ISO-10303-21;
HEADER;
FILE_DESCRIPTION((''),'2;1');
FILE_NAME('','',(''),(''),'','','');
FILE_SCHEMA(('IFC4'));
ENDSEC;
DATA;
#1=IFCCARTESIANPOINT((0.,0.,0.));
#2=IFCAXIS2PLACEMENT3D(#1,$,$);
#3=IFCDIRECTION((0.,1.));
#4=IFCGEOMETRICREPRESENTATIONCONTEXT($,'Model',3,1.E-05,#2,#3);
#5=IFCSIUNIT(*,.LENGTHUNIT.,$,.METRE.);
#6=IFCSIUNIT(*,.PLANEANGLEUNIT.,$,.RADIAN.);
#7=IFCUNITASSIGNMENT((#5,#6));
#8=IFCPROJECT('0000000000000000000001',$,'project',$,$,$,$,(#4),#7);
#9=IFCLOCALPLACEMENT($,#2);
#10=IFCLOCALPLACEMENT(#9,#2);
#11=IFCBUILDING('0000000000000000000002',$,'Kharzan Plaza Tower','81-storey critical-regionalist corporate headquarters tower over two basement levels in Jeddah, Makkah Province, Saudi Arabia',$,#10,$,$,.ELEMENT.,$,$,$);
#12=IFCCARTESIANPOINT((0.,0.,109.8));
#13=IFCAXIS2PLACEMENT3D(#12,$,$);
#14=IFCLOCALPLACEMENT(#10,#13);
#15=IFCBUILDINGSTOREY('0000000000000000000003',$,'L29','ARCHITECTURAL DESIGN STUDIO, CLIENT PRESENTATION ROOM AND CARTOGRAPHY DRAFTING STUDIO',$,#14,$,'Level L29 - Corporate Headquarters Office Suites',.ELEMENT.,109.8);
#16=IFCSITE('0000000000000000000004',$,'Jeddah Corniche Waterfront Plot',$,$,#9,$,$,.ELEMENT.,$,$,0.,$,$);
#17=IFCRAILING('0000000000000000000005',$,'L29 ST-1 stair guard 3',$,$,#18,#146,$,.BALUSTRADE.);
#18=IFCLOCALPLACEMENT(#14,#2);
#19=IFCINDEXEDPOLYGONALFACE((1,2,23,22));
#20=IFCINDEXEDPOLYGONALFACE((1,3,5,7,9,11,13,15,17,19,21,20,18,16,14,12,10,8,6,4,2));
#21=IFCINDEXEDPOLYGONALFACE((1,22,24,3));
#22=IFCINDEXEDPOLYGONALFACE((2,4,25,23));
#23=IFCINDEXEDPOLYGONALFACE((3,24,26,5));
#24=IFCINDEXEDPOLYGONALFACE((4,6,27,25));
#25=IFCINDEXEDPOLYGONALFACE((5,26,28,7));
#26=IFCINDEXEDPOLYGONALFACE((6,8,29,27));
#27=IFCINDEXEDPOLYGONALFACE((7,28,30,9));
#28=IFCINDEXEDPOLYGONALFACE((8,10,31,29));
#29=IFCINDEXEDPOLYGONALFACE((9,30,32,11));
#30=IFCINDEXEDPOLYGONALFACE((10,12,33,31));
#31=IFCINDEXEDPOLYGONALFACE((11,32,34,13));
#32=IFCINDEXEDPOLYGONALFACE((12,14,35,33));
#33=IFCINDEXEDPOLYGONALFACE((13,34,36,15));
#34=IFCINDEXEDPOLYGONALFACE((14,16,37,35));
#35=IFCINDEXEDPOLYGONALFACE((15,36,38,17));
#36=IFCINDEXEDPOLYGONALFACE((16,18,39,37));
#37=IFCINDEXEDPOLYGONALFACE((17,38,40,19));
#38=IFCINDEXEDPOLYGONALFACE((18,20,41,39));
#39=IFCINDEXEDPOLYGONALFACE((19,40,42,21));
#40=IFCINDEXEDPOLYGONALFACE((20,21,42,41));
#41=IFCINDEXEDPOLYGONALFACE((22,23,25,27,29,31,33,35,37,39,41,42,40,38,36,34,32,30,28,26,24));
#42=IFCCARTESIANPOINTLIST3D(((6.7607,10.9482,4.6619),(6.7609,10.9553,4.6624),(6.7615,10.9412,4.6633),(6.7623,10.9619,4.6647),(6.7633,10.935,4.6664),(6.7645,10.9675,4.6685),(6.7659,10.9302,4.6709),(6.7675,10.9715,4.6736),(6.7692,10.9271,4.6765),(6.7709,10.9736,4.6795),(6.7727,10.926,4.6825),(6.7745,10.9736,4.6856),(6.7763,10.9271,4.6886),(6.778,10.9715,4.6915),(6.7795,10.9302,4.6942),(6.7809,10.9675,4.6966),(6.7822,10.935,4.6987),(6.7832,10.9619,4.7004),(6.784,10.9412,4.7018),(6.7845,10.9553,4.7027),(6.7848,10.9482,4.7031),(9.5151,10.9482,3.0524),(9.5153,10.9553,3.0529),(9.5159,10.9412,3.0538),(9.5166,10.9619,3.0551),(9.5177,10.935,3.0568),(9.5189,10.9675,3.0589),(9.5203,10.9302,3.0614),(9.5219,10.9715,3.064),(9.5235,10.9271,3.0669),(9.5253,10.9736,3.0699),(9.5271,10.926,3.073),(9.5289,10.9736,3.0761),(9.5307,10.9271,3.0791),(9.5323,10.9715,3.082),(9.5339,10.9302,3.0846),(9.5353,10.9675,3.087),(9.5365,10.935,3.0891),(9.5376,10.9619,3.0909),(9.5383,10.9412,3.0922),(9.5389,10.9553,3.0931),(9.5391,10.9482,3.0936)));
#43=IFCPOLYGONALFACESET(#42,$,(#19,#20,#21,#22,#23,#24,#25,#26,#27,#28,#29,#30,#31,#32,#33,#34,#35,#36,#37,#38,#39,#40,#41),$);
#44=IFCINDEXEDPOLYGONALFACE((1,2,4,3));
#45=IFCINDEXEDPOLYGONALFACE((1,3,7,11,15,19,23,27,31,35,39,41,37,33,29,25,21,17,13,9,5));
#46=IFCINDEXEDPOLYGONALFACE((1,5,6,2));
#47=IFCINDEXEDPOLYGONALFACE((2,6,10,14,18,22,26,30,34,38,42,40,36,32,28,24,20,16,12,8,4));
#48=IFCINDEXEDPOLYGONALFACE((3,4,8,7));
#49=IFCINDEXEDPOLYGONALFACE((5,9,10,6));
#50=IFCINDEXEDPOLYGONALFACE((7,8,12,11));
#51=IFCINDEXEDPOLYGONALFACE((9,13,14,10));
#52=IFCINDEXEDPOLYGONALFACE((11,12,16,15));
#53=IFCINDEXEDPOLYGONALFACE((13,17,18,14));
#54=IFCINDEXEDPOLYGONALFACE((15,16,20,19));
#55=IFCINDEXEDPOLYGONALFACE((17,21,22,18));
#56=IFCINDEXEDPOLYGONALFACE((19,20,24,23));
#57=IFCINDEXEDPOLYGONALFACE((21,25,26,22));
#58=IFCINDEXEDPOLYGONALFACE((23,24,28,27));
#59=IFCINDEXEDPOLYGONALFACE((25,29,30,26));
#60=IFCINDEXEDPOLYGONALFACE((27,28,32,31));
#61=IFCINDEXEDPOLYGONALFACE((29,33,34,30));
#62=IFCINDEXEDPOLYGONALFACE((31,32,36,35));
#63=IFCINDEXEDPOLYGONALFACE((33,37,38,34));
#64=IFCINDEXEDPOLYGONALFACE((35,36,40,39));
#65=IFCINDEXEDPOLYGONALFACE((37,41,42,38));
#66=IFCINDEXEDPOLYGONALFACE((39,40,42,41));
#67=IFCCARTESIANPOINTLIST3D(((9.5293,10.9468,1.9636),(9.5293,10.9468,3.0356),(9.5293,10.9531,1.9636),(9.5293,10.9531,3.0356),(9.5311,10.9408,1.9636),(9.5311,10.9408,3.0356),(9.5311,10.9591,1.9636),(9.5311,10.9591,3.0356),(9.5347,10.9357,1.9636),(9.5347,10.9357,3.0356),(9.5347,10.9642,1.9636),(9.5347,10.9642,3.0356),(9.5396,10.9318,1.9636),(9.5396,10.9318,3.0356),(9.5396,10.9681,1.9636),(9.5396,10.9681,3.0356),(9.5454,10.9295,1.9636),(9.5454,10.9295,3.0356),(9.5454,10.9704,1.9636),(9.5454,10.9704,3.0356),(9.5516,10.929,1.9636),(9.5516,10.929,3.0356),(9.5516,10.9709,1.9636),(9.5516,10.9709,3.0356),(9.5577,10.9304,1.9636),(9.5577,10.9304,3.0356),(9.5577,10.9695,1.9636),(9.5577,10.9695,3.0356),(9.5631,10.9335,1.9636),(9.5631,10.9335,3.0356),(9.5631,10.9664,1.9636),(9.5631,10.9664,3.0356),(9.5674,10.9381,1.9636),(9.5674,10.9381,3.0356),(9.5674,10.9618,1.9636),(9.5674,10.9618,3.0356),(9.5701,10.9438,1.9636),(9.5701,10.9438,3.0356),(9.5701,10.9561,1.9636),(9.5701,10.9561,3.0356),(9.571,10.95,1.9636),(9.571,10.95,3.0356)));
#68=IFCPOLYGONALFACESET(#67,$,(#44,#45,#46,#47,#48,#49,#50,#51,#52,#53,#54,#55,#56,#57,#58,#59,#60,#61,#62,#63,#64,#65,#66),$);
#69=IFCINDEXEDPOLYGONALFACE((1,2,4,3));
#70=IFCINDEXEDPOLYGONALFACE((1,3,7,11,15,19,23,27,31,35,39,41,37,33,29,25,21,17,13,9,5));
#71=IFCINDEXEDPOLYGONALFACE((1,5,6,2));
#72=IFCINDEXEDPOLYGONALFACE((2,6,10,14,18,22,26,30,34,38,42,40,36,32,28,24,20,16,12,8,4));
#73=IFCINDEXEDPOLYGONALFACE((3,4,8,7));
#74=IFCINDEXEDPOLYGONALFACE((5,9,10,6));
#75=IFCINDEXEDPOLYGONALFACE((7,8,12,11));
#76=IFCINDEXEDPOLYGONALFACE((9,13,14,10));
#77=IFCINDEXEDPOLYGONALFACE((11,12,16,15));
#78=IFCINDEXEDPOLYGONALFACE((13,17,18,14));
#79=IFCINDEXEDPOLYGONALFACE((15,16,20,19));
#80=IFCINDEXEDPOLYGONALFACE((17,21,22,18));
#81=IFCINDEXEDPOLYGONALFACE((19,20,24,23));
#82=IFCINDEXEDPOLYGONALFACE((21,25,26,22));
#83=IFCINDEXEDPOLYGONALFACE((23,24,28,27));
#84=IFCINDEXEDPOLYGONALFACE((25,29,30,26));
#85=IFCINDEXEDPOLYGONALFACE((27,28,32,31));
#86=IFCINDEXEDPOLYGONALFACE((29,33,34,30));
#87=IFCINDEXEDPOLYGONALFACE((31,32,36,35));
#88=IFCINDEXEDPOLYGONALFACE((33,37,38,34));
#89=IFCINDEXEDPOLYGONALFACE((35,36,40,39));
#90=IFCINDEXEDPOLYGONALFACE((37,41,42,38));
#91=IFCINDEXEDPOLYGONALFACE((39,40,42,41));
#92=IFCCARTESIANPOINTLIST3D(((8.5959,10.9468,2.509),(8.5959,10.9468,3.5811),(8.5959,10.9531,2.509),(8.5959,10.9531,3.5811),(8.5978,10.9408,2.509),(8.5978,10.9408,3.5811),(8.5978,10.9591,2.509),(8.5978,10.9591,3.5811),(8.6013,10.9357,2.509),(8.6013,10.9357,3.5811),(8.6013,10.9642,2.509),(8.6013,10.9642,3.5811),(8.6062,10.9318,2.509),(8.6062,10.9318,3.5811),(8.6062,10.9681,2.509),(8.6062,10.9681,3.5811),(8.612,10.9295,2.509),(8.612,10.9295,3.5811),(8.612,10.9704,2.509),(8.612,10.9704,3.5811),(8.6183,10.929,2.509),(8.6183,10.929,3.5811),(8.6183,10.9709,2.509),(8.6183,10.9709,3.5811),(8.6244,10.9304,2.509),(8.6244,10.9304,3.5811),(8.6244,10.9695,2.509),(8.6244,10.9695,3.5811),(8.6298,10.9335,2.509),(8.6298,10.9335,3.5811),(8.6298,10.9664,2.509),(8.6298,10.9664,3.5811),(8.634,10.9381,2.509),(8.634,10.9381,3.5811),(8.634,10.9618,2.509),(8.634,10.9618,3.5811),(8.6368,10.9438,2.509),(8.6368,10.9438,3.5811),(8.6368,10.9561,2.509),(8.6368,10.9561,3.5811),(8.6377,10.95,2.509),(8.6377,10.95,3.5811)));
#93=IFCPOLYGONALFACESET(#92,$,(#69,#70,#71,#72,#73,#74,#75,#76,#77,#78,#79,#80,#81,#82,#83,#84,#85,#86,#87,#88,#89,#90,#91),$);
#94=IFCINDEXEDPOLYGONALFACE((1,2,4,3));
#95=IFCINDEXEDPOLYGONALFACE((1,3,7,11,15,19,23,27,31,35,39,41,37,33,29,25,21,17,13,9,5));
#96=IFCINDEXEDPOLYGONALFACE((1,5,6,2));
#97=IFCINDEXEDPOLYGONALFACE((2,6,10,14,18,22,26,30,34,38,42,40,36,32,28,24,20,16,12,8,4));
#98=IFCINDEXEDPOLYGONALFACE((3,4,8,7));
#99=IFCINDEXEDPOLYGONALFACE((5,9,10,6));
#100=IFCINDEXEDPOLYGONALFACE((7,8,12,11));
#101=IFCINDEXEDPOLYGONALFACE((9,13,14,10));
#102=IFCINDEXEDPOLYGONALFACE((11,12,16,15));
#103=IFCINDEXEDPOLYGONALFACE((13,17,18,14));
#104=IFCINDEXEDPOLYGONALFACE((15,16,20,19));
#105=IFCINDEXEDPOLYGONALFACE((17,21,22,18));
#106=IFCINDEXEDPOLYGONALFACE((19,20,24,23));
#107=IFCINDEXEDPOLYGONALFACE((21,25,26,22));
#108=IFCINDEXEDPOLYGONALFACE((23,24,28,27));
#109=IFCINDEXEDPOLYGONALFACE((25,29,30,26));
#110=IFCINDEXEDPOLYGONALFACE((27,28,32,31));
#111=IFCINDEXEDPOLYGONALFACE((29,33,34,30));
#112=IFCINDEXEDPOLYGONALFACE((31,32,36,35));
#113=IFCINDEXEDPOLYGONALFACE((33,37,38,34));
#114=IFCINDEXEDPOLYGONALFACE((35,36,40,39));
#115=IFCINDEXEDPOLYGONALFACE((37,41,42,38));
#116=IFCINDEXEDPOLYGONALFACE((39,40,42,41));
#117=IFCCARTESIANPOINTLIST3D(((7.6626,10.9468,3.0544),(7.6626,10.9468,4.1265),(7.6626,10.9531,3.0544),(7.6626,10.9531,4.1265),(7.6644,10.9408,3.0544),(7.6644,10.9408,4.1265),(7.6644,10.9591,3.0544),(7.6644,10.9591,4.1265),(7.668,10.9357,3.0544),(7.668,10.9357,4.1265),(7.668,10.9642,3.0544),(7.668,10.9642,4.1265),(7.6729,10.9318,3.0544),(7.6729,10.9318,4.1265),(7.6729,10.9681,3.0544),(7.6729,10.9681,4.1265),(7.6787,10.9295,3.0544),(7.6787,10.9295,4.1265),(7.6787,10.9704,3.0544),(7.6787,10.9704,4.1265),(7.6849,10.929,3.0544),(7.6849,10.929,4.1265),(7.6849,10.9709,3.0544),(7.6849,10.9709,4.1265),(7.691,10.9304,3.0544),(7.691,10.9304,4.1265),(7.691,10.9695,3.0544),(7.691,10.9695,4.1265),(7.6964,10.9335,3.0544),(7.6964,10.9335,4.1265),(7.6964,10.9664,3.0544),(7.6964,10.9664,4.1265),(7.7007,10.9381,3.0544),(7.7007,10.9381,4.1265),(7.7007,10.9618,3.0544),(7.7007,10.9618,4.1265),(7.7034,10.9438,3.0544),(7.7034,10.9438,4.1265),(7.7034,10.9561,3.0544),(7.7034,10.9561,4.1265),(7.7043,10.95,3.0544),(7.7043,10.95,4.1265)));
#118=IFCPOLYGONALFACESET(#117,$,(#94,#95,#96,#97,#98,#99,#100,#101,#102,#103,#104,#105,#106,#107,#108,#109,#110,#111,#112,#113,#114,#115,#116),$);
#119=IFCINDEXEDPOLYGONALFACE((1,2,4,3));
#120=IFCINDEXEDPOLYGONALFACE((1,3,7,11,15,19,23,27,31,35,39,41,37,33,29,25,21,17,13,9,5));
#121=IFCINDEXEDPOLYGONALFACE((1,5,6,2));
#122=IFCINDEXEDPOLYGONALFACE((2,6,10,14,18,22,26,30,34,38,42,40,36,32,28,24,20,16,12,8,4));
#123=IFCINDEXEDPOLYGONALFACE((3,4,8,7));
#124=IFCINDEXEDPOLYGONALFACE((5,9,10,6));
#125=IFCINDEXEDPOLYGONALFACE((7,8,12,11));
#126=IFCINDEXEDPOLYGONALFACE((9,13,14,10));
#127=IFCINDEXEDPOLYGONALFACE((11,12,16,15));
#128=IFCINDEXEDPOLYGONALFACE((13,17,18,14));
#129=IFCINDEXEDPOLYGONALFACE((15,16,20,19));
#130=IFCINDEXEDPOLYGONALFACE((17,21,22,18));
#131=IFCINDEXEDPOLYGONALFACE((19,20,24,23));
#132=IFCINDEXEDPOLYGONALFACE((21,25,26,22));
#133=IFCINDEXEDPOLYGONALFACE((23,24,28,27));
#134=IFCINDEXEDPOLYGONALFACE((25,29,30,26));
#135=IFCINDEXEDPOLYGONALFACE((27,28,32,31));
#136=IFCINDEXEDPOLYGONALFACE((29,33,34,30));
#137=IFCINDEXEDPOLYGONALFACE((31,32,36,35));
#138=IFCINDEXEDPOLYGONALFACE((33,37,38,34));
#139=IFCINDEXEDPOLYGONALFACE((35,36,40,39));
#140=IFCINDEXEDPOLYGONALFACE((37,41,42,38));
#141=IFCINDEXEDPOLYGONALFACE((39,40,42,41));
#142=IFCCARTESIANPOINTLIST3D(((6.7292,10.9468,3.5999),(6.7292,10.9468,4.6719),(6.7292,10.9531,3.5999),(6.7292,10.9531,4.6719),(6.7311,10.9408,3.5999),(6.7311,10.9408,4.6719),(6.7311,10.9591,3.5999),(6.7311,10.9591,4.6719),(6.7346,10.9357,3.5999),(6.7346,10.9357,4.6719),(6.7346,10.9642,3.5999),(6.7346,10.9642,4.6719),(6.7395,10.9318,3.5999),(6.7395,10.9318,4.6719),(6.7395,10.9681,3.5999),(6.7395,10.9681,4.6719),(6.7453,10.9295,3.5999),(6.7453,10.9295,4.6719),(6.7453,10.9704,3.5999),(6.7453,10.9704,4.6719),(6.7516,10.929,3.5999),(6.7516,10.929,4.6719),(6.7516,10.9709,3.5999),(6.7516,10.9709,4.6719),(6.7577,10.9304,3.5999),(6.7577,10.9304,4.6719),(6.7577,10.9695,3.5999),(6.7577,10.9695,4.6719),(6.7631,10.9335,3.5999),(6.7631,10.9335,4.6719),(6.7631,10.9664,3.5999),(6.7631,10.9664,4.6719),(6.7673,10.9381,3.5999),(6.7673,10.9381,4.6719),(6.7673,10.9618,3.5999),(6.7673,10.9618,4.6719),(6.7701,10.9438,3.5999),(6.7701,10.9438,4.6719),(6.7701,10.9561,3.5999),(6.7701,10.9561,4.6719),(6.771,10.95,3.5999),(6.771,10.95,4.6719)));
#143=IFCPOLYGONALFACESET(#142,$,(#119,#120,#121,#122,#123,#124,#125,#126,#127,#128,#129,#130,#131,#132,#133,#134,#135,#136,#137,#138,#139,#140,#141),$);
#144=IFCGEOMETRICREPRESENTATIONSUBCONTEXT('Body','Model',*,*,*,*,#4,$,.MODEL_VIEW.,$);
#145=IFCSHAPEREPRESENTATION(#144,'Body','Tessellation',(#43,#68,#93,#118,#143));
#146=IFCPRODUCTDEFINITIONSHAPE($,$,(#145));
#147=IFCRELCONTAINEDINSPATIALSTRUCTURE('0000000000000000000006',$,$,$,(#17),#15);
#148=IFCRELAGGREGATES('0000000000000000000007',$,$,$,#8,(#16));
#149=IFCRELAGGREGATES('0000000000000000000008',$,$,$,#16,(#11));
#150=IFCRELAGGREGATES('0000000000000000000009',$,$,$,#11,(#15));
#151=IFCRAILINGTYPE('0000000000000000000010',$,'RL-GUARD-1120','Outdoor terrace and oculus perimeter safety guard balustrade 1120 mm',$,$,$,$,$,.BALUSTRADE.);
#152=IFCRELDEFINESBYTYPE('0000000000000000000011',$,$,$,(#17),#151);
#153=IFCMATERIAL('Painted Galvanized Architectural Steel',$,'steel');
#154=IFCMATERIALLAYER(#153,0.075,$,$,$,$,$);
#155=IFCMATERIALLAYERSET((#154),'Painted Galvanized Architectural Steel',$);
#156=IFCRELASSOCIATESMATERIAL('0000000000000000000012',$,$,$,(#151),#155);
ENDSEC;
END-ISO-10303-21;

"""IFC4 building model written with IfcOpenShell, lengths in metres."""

from ifc_helpers import new_model, si_unit, direction, frame, origin, origin_2d, place, context, subcontext, project, spatial, circle, extrude, source, transform, mapped, material, layer, layer_set, type_object, element, save


model = new_model("IFC4")

# Units and contexts
model_context = context("Model", 3, precision=1e-05, world=origin(), true_north=direction((0.0, 1.0)))
body_context = subcontext(model_context, "Body", "Model", "MODEL_VIEW")
ifc_project = project(units=[si_unit("LENGTHUNIT", "METRE"), si_unit("PLANEANGLEUNIT", "RADIAN")], contexts=[model_context])

# Site, building, storey
site_placement = place(None, origin())
site = spatial("IfcSite", under=ifc_project, at=site_placement, Name="Jeddah Corniche Waterfront Plot", CompositionType="ELEMENT", RefElevation=0.0)
building_placement = place(site_placement, origin())
building = spatial("IfcBuilding", under=site, at=building_placement, Name="Kharzan Plaza Tower", Description="81-storey critical-regionalist corporate headquarters tower over two basement levels in Jeddah, Makkah Province, Saudi Arabia", CompositionType="ELEMENT")
storey_placement = place(building_placement, frame((0.0, 0.0, 109.8)))
storey = spatial("IfcBuildingStorey", under=building, at=storey_placement, Name="L29", Description="ARCHITECTURAL DESIGN STUDIO, CLIENT PRESENTATION ROOM AND CARTOGRAPHY DRAFTING STUDIO", LongName="Level L29 - Corporate Headquarters Office Suites", CompositionType="ELEMENT", Elevation=109.8)

# Railing
ifc_material_1 = material(Name="Painted Galvanized Architectural Steel", Category="steel")
ifc_layer_1 = layer(ifc_material_1, 0.075)
ifc_layer_set_1 = layer_set([ifc_layer_1], Name="Painted Galvanized Architectural Steel")
railing_type_1 = type_object("IfcRailingType", Name="RL-GUARD-1120", Description="Outdoor terrace and oculus perimeter safety guard balustrade 1120 mm", PredefinedType="BALUSTRADE", material=ifc_layer_set_1)
shared_shape_1 = source(origin(), body_context, "Body", "SweptSolid", [
    extrude(circle(Radius=0.0239, at=origin_2d()), frame((-0.0229, 0.0, 1.1094), z_axis=(-0.863394, 0.0, 0.504531), x_axis=(0.0, -1.0, 0.0)), (0.0, 0.0, 1.0), 3.1902),
    extrude(circle(Radius=0.021, at=origin_2d()), origin(), (0.0, 0.0, 1.0), 1.072),
    extrude(circle(Radius=0.021, at=origin_2d()), frame((-0.9333, 0.0, 0.5454)), (0.0, 0.0, 1.0), 1.072),
    extrude(circle(Radius=0.021, at=origin_2d()), frame((-1.8667, 0.0, 1.0908)), (0.0, 0.0, 1.0), 1.072),
    extrude(circle(Radius=0.021, at=origin_2d()), frame((-2.8, 0.0, 1.6362)), (0.0, 0.0, 1.0), 1.072),
])
railing_1_placement = place(storey_placement, frame((9.55, 10.95, 1.9636)))
element("IfcRailing", 1, at=railing_1_placement, inside=storey, type_object=railing_type_1, Name="L29 ST-1 stair guard 3", PredefinedType="BALUSTRADE", context=body_context, shape_type="MappedRepresentation", body=[
    mapped(shared_shape_1, transform((0.0, 0.0, 0.0), x_axis=(1.0, 0.0, 0.0), y_axis=(0.0, 1.0, 0.0), z_axis=(0.0, 0.0, 1.0))),
])

save(model, "model.ifc")
